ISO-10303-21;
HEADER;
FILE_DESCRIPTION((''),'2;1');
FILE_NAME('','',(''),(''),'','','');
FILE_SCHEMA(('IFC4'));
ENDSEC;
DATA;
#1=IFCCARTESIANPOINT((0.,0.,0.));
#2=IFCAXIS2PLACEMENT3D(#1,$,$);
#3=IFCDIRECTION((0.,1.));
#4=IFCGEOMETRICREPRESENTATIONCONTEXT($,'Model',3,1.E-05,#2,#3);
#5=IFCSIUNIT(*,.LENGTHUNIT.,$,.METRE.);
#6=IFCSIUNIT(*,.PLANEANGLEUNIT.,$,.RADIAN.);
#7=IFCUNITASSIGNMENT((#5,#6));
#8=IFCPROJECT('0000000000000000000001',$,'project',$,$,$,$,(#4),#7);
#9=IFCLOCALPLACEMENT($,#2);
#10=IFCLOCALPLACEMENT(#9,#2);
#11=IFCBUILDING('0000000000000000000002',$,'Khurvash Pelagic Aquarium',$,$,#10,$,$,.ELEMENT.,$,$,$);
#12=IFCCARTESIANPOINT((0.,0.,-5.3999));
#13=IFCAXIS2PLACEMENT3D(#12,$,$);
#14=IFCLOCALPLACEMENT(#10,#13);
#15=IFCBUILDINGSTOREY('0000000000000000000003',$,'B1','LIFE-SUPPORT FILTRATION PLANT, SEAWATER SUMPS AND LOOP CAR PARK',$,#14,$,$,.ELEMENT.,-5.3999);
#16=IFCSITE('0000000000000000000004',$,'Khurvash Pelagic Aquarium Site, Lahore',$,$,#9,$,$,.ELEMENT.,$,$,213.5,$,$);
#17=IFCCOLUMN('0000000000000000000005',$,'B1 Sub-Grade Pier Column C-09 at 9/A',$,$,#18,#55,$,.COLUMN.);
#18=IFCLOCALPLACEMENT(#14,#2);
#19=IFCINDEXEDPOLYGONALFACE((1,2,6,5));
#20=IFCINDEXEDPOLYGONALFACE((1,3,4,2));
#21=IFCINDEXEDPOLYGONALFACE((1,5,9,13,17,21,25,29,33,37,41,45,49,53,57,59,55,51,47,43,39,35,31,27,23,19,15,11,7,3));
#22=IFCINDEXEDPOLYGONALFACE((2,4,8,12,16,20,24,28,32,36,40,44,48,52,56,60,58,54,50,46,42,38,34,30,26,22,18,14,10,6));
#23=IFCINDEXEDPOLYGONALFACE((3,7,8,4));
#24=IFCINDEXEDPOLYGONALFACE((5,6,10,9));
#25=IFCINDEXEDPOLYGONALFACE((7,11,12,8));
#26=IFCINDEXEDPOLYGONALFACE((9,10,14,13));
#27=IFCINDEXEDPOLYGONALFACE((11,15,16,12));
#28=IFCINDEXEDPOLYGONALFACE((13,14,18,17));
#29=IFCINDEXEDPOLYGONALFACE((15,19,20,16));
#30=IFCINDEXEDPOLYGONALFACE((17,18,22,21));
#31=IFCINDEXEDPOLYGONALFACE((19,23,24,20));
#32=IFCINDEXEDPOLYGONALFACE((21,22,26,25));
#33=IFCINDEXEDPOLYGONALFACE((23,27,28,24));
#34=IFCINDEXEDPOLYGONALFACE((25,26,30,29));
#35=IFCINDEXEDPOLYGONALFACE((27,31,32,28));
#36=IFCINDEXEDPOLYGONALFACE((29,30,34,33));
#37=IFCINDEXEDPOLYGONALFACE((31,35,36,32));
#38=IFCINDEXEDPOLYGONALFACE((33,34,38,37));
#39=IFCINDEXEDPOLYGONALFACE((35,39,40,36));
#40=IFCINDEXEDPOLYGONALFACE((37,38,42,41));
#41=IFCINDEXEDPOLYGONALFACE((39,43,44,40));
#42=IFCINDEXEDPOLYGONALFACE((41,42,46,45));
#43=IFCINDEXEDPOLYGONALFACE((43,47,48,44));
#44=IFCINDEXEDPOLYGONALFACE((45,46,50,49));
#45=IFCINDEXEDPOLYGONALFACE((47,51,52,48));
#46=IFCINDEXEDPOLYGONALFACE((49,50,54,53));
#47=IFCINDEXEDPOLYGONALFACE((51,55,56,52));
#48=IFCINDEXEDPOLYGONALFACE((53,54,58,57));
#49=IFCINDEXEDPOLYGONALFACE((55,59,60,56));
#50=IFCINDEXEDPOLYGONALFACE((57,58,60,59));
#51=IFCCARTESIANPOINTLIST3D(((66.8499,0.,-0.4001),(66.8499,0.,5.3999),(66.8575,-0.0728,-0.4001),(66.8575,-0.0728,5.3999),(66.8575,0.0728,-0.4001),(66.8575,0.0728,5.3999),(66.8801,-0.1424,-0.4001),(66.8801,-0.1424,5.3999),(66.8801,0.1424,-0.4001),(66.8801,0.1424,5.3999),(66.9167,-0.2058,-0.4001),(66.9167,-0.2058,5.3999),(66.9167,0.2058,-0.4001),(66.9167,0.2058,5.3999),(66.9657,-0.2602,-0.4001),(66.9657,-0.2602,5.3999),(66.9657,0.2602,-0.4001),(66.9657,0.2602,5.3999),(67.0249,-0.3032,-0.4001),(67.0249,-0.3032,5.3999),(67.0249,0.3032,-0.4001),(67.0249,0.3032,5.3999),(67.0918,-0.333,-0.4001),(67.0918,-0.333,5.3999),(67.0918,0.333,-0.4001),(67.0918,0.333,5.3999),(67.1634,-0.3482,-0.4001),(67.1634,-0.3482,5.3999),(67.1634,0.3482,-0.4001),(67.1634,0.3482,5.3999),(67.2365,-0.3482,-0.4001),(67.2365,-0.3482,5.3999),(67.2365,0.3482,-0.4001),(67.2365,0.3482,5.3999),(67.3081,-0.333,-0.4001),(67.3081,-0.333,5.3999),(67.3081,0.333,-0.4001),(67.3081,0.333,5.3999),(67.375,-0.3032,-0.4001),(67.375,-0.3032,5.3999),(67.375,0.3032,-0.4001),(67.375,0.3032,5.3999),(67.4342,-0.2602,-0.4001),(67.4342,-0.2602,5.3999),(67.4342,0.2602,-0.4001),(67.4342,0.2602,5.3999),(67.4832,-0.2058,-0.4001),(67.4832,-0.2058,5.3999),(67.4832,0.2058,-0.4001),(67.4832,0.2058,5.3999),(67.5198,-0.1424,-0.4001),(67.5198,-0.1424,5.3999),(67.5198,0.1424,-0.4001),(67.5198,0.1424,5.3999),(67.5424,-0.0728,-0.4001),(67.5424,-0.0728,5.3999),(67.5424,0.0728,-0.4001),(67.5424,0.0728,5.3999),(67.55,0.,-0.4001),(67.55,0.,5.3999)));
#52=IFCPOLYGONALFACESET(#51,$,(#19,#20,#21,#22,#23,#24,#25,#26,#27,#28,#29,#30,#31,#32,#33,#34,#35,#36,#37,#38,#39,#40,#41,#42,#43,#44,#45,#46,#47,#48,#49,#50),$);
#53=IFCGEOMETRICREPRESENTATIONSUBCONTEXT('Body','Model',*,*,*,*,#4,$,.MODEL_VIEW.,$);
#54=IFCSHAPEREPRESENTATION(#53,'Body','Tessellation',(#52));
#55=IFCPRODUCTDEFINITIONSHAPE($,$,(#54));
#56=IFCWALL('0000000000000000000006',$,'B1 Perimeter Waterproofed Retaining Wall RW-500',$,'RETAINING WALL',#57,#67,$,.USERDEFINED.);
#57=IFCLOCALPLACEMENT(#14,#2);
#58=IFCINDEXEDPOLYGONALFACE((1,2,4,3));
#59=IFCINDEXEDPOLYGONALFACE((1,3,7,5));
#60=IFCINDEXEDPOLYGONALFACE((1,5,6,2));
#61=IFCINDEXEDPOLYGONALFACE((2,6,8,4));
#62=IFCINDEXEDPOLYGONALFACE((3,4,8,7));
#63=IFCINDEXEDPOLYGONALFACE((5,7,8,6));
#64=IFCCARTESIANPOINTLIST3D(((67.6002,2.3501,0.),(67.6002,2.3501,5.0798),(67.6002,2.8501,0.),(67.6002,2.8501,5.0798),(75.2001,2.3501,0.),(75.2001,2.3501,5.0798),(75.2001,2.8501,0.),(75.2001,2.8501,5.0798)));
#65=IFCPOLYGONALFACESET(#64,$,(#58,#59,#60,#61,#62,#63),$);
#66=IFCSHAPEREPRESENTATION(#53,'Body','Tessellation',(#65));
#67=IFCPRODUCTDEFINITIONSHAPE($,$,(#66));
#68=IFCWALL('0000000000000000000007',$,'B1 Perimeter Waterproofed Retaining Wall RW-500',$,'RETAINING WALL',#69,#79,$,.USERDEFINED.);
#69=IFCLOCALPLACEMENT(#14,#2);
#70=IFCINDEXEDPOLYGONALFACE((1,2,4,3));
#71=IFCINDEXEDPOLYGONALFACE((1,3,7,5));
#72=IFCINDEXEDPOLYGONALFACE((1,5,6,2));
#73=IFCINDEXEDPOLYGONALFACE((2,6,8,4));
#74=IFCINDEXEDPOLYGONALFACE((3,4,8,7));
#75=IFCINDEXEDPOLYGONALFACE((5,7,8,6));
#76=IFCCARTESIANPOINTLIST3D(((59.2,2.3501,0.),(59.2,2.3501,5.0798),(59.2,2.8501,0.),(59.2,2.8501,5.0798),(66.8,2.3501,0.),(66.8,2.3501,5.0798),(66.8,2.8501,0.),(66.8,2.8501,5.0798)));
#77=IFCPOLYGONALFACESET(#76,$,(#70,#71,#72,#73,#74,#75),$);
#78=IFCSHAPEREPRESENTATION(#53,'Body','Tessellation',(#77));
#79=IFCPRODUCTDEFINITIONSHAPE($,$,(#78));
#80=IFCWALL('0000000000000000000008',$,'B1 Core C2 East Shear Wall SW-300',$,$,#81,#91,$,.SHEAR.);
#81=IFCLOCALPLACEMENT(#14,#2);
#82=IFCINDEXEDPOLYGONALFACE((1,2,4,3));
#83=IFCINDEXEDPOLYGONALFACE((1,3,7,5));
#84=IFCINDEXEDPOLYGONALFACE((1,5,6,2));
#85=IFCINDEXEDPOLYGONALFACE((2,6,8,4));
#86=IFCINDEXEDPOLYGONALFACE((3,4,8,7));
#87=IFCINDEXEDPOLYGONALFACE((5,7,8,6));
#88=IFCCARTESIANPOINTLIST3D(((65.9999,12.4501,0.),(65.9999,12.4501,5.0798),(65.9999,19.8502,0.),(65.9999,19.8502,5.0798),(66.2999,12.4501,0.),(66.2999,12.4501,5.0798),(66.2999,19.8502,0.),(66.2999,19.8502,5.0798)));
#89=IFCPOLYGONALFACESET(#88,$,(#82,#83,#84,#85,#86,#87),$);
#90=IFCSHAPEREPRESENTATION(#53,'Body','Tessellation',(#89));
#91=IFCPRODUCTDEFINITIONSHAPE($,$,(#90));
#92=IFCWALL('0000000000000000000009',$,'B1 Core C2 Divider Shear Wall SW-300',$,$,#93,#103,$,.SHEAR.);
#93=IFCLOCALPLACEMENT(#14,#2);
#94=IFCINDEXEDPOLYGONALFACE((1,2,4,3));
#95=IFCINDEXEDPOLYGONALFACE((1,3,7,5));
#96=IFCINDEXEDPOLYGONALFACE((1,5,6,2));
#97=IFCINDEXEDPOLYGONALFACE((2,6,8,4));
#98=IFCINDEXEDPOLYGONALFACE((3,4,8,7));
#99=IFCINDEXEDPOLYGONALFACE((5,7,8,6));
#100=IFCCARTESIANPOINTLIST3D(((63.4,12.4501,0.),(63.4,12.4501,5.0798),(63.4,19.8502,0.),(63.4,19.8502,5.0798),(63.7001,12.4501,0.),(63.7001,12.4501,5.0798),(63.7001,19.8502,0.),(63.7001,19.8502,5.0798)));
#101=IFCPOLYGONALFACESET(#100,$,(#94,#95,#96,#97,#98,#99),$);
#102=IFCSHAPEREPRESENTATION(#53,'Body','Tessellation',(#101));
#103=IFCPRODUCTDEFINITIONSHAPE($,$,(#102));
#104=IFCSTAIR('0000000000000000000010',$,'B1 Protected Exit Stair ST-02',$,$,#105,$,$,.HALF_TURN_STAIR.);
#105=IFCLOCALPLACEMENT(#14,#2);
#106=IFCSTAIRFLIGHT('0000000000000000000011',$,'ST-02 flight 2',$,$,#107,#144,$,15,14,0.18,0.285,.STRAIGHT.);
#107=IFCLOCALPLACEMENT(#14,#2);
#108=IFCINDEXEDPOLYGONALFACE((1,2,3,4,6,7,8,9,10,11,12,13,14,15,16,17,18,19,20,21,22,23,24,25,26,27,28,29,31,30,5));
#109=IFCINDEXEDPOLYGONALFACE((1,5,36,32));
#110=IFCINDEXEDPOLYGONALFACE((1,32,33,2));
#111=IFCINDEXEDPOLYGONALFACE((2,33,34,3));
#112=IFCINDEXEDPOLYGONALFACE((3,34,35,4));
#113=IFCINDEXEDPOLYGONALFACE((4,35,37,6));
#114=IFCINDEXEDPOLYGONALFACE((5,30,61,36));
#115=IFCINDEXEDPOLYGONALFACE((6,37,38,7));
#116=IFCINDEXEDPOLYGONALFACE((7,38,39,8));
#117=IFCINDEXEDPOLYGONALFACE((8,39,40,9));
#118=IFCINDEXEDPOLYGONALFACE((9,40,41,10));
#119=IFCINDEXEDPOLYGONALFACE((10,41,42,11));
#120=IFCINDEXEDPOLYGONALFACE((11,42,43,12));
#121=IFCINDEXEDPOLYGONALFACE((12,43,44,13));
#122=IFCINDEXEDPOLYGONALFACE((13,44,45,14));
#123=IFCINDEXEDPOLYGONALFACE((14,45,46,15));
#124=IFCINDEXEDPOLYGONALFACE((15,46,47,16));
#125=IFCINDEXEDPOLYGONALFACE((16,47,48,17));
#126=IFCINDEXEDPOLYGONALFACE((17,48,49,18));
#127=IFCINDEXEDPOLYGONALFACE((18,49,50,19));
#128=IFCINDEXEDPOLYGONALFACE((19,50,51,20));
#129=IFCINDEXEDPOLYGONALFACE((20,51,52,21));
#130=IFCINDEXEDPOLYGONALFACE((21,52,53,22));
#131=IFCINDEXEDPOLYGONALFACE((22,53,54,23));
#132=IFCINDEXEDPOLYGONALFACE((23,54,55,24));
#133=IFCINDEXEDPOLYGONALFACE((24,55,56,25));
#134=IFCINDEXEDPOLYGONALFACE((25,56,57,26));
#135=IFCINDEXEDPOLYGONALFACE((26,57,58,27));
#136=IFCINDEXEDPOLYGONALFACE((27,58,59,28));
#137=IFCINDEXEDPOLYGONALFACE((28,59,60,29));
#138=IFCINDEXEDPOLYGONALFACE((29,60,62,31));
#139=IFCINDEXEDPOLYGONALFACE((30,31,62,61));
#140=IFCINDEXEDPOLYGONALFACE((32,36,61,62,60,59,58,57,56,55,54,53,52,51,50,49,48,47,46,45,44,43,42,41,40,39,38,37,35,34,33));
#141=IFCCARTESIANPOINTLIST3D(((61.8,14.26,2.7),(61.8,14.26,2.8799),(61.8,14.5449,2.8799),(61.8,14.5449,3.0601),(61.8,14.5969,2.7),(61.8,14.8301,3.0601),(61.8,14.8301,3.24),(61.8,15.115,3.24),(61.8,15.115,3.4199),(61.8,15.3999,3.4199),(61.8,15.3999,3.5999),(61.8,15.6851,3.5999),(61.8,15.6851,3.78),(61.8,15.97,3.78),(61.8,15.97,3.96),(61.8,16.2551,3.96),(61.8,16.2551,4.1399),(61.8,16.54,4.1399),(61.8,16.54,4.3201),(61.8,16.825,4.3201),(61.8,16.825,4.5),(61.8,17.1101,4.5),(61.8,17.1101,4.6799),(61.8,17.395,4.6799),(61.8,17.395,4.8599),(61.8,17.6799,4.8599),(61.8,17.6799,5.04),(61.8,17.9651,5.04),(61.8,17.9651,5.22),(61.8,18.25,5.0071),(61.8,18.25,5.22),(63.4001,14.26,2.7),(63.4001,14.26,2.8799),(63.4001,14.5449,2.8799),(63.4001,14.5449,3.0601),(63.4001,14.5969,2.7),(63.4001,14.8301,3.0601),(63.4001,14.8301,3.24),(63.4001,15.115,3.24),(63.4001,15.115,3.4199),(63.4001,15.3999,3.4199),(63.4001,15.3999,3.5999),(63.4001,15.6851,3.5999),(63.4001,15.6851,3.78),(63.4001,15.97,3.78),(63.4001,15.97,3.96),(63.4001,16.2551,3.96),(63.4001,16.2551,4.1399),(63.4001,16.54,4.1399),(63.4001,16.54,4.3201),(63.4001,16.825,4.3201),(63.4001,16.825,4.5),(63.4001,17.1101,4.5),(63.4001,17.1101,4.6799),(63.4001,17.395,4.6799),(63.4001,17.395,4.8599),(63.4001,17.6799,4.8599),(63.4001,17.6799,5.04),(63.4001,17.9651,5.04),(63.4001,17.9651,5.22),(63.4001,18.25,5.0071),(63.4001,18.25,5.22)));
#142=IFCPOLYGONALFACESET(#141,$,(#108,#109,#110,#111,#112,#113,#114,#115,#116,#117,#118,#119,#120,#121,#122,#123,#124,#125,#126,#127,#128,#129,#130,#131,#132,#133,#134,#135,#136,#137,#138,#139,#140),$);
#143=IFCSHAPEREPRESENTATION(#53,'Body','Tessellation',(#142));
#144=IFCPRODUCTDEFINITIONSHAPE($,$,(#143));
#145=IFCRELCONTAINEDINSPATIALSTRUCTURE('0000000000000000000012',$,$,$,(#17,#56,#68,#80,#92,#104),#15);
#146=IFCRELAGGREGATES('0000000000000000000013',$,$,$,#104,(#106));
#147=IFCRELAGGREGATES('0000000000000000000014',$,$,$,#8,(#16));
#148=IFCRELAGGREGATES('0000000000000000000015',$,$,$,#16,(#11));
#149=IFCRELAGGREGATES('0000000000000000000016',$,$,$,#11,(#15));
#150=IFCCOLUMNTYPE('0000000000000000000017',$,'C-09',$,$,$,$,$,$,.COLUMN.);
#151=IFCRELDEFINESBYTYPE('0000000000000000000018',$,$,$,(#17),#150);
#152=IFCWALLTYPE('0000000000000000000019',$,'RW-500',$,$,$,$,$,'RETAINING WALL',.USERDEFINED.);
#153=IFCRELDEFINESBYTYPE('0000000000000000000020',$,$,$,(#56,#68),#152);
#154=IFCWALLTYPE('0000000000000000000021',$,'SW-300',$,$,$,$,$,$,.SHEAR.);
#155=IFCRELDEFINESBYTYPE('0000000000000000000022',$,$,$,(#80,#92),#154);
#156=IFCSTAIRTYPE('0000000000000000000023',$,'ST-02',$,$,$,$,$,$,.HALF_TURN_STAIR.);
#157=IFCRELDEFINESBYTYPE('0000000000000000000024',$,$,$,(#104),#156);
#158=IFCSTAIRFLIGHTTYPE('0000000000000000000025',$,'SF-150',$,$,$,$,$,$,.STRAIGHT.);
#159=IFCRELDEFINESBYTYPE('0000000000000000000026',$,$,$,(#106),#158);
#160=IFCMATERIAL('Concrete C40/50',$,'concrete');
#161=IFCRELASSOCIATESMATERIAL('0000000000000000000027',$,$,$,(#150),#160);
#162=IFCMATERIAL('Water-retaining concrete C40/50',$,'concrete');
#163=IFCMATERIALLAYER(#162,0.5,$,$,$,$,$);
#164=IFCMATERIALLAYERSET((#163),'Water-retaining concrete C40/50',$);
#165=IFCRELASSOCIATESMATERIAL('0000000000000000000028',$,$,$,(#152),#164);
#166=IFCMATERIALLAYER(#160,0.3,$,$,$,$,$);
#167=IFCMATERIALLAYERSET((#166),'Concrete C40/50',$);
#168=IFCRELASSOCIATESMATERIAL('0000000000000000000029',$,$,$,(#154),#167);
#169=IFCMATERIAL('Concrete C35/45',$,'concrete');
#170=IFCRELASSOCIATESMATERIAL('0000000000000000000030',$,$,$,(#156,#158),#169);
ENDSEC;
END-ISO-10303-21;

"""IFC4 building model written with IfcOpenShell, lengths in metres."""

from ifc_helpers import new_model, si_unit, direction, frame, frame_2d, origin, origin_2d, place, context, subcontext, project, spatial, polyline, rectangle, circle, outline, extrude, material, layer, layer_set, material_profile, profile_set, type_object, element, aggregate, save


model = new_model("IFC4")

# Units and contexts
model_context = context("Model", 3, precision=1e-05, world=origin(), true_north=direction((0.0, 1.0)))
body_context = subcontext(model_context, "Body", "Model", "MODEL_VIEW")
ifc_project = project(units=[si_unit("LENGTHUNIT", "METRE"), si_unit("PLANEANGLEUNIT", "RADIAN")], contexts=[model_context])

# Site, building, storey
site_placement = place(None, origin())
site = spatial("IfcSite", under=ifc_project, at=site_placement, Name="Khurvash Pelagic Aquarium Site, Lahore", CompositionType="ELEMENT", RefElevation=213.5)
building_placement = place(site_placement, origin())
building = spatial("IfcBuilding", under=site, at=building_placement, Name="Khurvash Pelagic Aquarium", CompositionType="ELEMENT")
storey_placement = place(building_placement, frame((0.0, 0.0, -5.3999)))
storey = spatial("IfcBuildingStorey", under=building, at=storey_placement, Name="B1", Description="LIFE-SUPPORT FILTRATION PLANT, SEAWATER SUMPS AND LOOP CAR PARK", CompositionType="ELEMENT", Elevation=-5.3999)

# Shared definitions
ifc_material_1 = material(Name="Concrete C35/45", Category="concrete")

# Column
ifc_material_2 = material(Name="Concrete C40/50", Category="concrete")
ifc_material_profile_1 = material_profile(ifc_material_2, circle(Radius=0.3501, at=origin_2d()), Name="RC700D")
ifc_profile_set_1 = profile_set([ifc_material_profile_1], Name="Concrete C40/50")
column_type_1 = type_object("IfcColumnType", Name="C-09", PredefinedType="COLUMN", material=ifc_profile_set_1)
column_1_placement = place(storey_placement, frame((67.2, 0.0, -0.4001), z_axis=(0.0, 0.0, 1.0), x_axis=(1.0, 0.0, 0.0)))
element("IfcColumn", 1, at=column_1_placement, inside=storey, type_object=column_type_1, Name="B1 Sub-Grade Pier Column C-09 at 9/A", PredefinedType="COLUMN", context=body_context, shape_type="SweptSolid", body=[
    extrude(circle(Radius=0.3501, at=origin_2d()), origin(), (0.0, 0.0, 1.0), 5.8),
])

# Walls
ifc_material_3 = material(Name="Water-retaining concrete C40/50", Category="concrete")
ifc_layer_1 = layer(ifc_material_3, 0.5)
ifc_layer_set_1 = layer_set([ifc_layer_1], Name="Water-retaining concrete C40/50")
wall_type_1 = type_object("IfcWallType", Name="RW-500", ElementType="RETAINING WALL", PredefinedType="USERDEFINED", material=ifc_layer_set_1)
wall_1_placement = place(storey_placement, frame((75.2, 2.6001, 0.0), z_axis=(0.0, 0.0, 1.0), x_axis=(-1.0, 0.0, 0.0)))
element("IfcWall", 2, at=wall_1_placement, inside=storey, type_object=wall_type_1, Name="B1 Perimeter Waterproofed Retaining Wall RW-500", ObjectType="RETAINING WALL", PredefinedType="USERDEFINED", context=body_context, shape_type="SweptSolid", body=[
    extrude(rectangle(XDim=7.5999, YDim=0.5, at=frame_2d((3.7998, 0.0))), origin(), (0.0, 0.0, 1.0), 5.0798),
])
wall_2_placement = place(storey_placement, frame((66.8, 2.6001, 0.0), z_axis=(0.0, 0.0, 1.0), x_axis=(-1.0, 0.0, 0.0)))
element("IfcWall", 3, at=wall_2_placement, inside=storey, type_object=wall_type_1, Name="B1 Perimeter Waterproofed Retaining Wall RW-500", ObjectType="RETAINING WALL", PredefinedType="USERDEFINED", context=body_context, shape_type="SweptSolid", body=[
    extrude(rectangle(XDim=7.6001, YDim=0.5, at=frame_2d((3.8, 0.0))), origin(), (0.0, 0.0, 1.0), 5.0798),
])
ifc_layer_2 = layer(ifc_material_2, 0.3)
ifc_layer_set_2 = layer_set([ifc_layer_2], Name="Concrete C40/50")
wall_type_2 = type_object("IfcWallType", Name="SW-300", PredefinedType="SHEAR", material=ifc_layer_set_2)
for number, where, z_axis, x_axis, name in (
    (4, (66.1499, 12.45, 0.0), (0.0, 0.0, 1.0), (0.0, 1.0, 0.0), "B1 Core C2 East Shear Wall SW-300"),
    (5, (63.55, 12.45, 0.0), (0.0, 0.0, 1.0), (0.0, 1.0, 0.0), "B1 Core C2 Divider Shear Wall SW-300"),
):
    element("IfcWall", number, at=place(storey_placement, frame(where, z_axis=z_axis, x_axis=x_axis)), inside=storey, type_object=wall_type_2, Name=name, PredefinedType="SHEAR", context=body_context, shape_type="SweptSolid", body=[
        extrude(rectangle(XDim=7.4001, YDim=0.3, at=frame_2d((3.7002, 0.0))), origin(), (0.0, 0.0, 1.0), 5.0798),
    ])

# Stair, stair flight
stair_type = type_object("IfcStairType", Name="ST-02", PredefinedType="HALF_TURN_STAIR", material=ifc_material_1)
stair_placement = place(storey_placement, origin())
stair = element("IfcStair", 6, at=stair_placement, inside=storey, type_object=stair_type, Name="B1 Protected Exit Stair ST-02", PredefinedType="HALF_TURN_STAIR")
stair_flight_type = type_object("IfcStairFlightType", Name="SF-150", PredefinedType="STRAIGHT", material=ifc_material_1)
stair_flight_placement = place(storey_placement, frame((62.6001, 14.26, 2.7), z_axis=(0.0, 0.0, 1.0), x_axis=(0.0, 1.0, 0.0)))
stair_flight = element("IfcStairFlight", 7, at=stair_flight_placement, type_object=stair_flight_type, Name="ST-02 flight 2", NumberOfRisers=15, NumberOfTreads=14, PredefinedType="STRAIGHT", RiserHeight=0.18, TreadLength=0.285, context=body_context, shape_type="SweptSolid", body=[
    extrude(outline(polyline([(0.0, 0.0), (0.0, 0.1799), (0.2849, 0.1799), (0.2849, 0.3601), (0.5701, 0.3601), (0.5701, 0.54), (0.855, 0.54), (0.855, 0.72), (1.1399, 0.72), (1.1399, 0.8999), (1.425, 0.8999), (1.425, 1.0801), (1.71, 1.0801), (1.71, 1.26), (1.9951, 1.26), (1.9951, 1.4399), (2.28, 1.4399), (2.28, 1.6201), (2.5649, 1.6201), (2.5649, 1.8), (2.8501, 1.8), (2.8501, 1.98), (3.135, 1.98), (3.135, 2.1599), (3.4199, 2.1599), (3.4199, 2.3401), (3.7051, 2.3401), (3.7051, 2.52), (3.99, 2.52), (3.99, 2.7), (3.99, 2.3071), (0.3369, 0.0), (0.0, 0.0)])), frame((0.0, 0.8, 0.0), z_axis=(0.0, -1.0, 0.0), x_axis=(1.0, 0.0, 0.0)), (0.0, 0.0, 1.0), 1.6001),
])
aggregate(stair, [stair_flight])

save(model, "model.ifc")
